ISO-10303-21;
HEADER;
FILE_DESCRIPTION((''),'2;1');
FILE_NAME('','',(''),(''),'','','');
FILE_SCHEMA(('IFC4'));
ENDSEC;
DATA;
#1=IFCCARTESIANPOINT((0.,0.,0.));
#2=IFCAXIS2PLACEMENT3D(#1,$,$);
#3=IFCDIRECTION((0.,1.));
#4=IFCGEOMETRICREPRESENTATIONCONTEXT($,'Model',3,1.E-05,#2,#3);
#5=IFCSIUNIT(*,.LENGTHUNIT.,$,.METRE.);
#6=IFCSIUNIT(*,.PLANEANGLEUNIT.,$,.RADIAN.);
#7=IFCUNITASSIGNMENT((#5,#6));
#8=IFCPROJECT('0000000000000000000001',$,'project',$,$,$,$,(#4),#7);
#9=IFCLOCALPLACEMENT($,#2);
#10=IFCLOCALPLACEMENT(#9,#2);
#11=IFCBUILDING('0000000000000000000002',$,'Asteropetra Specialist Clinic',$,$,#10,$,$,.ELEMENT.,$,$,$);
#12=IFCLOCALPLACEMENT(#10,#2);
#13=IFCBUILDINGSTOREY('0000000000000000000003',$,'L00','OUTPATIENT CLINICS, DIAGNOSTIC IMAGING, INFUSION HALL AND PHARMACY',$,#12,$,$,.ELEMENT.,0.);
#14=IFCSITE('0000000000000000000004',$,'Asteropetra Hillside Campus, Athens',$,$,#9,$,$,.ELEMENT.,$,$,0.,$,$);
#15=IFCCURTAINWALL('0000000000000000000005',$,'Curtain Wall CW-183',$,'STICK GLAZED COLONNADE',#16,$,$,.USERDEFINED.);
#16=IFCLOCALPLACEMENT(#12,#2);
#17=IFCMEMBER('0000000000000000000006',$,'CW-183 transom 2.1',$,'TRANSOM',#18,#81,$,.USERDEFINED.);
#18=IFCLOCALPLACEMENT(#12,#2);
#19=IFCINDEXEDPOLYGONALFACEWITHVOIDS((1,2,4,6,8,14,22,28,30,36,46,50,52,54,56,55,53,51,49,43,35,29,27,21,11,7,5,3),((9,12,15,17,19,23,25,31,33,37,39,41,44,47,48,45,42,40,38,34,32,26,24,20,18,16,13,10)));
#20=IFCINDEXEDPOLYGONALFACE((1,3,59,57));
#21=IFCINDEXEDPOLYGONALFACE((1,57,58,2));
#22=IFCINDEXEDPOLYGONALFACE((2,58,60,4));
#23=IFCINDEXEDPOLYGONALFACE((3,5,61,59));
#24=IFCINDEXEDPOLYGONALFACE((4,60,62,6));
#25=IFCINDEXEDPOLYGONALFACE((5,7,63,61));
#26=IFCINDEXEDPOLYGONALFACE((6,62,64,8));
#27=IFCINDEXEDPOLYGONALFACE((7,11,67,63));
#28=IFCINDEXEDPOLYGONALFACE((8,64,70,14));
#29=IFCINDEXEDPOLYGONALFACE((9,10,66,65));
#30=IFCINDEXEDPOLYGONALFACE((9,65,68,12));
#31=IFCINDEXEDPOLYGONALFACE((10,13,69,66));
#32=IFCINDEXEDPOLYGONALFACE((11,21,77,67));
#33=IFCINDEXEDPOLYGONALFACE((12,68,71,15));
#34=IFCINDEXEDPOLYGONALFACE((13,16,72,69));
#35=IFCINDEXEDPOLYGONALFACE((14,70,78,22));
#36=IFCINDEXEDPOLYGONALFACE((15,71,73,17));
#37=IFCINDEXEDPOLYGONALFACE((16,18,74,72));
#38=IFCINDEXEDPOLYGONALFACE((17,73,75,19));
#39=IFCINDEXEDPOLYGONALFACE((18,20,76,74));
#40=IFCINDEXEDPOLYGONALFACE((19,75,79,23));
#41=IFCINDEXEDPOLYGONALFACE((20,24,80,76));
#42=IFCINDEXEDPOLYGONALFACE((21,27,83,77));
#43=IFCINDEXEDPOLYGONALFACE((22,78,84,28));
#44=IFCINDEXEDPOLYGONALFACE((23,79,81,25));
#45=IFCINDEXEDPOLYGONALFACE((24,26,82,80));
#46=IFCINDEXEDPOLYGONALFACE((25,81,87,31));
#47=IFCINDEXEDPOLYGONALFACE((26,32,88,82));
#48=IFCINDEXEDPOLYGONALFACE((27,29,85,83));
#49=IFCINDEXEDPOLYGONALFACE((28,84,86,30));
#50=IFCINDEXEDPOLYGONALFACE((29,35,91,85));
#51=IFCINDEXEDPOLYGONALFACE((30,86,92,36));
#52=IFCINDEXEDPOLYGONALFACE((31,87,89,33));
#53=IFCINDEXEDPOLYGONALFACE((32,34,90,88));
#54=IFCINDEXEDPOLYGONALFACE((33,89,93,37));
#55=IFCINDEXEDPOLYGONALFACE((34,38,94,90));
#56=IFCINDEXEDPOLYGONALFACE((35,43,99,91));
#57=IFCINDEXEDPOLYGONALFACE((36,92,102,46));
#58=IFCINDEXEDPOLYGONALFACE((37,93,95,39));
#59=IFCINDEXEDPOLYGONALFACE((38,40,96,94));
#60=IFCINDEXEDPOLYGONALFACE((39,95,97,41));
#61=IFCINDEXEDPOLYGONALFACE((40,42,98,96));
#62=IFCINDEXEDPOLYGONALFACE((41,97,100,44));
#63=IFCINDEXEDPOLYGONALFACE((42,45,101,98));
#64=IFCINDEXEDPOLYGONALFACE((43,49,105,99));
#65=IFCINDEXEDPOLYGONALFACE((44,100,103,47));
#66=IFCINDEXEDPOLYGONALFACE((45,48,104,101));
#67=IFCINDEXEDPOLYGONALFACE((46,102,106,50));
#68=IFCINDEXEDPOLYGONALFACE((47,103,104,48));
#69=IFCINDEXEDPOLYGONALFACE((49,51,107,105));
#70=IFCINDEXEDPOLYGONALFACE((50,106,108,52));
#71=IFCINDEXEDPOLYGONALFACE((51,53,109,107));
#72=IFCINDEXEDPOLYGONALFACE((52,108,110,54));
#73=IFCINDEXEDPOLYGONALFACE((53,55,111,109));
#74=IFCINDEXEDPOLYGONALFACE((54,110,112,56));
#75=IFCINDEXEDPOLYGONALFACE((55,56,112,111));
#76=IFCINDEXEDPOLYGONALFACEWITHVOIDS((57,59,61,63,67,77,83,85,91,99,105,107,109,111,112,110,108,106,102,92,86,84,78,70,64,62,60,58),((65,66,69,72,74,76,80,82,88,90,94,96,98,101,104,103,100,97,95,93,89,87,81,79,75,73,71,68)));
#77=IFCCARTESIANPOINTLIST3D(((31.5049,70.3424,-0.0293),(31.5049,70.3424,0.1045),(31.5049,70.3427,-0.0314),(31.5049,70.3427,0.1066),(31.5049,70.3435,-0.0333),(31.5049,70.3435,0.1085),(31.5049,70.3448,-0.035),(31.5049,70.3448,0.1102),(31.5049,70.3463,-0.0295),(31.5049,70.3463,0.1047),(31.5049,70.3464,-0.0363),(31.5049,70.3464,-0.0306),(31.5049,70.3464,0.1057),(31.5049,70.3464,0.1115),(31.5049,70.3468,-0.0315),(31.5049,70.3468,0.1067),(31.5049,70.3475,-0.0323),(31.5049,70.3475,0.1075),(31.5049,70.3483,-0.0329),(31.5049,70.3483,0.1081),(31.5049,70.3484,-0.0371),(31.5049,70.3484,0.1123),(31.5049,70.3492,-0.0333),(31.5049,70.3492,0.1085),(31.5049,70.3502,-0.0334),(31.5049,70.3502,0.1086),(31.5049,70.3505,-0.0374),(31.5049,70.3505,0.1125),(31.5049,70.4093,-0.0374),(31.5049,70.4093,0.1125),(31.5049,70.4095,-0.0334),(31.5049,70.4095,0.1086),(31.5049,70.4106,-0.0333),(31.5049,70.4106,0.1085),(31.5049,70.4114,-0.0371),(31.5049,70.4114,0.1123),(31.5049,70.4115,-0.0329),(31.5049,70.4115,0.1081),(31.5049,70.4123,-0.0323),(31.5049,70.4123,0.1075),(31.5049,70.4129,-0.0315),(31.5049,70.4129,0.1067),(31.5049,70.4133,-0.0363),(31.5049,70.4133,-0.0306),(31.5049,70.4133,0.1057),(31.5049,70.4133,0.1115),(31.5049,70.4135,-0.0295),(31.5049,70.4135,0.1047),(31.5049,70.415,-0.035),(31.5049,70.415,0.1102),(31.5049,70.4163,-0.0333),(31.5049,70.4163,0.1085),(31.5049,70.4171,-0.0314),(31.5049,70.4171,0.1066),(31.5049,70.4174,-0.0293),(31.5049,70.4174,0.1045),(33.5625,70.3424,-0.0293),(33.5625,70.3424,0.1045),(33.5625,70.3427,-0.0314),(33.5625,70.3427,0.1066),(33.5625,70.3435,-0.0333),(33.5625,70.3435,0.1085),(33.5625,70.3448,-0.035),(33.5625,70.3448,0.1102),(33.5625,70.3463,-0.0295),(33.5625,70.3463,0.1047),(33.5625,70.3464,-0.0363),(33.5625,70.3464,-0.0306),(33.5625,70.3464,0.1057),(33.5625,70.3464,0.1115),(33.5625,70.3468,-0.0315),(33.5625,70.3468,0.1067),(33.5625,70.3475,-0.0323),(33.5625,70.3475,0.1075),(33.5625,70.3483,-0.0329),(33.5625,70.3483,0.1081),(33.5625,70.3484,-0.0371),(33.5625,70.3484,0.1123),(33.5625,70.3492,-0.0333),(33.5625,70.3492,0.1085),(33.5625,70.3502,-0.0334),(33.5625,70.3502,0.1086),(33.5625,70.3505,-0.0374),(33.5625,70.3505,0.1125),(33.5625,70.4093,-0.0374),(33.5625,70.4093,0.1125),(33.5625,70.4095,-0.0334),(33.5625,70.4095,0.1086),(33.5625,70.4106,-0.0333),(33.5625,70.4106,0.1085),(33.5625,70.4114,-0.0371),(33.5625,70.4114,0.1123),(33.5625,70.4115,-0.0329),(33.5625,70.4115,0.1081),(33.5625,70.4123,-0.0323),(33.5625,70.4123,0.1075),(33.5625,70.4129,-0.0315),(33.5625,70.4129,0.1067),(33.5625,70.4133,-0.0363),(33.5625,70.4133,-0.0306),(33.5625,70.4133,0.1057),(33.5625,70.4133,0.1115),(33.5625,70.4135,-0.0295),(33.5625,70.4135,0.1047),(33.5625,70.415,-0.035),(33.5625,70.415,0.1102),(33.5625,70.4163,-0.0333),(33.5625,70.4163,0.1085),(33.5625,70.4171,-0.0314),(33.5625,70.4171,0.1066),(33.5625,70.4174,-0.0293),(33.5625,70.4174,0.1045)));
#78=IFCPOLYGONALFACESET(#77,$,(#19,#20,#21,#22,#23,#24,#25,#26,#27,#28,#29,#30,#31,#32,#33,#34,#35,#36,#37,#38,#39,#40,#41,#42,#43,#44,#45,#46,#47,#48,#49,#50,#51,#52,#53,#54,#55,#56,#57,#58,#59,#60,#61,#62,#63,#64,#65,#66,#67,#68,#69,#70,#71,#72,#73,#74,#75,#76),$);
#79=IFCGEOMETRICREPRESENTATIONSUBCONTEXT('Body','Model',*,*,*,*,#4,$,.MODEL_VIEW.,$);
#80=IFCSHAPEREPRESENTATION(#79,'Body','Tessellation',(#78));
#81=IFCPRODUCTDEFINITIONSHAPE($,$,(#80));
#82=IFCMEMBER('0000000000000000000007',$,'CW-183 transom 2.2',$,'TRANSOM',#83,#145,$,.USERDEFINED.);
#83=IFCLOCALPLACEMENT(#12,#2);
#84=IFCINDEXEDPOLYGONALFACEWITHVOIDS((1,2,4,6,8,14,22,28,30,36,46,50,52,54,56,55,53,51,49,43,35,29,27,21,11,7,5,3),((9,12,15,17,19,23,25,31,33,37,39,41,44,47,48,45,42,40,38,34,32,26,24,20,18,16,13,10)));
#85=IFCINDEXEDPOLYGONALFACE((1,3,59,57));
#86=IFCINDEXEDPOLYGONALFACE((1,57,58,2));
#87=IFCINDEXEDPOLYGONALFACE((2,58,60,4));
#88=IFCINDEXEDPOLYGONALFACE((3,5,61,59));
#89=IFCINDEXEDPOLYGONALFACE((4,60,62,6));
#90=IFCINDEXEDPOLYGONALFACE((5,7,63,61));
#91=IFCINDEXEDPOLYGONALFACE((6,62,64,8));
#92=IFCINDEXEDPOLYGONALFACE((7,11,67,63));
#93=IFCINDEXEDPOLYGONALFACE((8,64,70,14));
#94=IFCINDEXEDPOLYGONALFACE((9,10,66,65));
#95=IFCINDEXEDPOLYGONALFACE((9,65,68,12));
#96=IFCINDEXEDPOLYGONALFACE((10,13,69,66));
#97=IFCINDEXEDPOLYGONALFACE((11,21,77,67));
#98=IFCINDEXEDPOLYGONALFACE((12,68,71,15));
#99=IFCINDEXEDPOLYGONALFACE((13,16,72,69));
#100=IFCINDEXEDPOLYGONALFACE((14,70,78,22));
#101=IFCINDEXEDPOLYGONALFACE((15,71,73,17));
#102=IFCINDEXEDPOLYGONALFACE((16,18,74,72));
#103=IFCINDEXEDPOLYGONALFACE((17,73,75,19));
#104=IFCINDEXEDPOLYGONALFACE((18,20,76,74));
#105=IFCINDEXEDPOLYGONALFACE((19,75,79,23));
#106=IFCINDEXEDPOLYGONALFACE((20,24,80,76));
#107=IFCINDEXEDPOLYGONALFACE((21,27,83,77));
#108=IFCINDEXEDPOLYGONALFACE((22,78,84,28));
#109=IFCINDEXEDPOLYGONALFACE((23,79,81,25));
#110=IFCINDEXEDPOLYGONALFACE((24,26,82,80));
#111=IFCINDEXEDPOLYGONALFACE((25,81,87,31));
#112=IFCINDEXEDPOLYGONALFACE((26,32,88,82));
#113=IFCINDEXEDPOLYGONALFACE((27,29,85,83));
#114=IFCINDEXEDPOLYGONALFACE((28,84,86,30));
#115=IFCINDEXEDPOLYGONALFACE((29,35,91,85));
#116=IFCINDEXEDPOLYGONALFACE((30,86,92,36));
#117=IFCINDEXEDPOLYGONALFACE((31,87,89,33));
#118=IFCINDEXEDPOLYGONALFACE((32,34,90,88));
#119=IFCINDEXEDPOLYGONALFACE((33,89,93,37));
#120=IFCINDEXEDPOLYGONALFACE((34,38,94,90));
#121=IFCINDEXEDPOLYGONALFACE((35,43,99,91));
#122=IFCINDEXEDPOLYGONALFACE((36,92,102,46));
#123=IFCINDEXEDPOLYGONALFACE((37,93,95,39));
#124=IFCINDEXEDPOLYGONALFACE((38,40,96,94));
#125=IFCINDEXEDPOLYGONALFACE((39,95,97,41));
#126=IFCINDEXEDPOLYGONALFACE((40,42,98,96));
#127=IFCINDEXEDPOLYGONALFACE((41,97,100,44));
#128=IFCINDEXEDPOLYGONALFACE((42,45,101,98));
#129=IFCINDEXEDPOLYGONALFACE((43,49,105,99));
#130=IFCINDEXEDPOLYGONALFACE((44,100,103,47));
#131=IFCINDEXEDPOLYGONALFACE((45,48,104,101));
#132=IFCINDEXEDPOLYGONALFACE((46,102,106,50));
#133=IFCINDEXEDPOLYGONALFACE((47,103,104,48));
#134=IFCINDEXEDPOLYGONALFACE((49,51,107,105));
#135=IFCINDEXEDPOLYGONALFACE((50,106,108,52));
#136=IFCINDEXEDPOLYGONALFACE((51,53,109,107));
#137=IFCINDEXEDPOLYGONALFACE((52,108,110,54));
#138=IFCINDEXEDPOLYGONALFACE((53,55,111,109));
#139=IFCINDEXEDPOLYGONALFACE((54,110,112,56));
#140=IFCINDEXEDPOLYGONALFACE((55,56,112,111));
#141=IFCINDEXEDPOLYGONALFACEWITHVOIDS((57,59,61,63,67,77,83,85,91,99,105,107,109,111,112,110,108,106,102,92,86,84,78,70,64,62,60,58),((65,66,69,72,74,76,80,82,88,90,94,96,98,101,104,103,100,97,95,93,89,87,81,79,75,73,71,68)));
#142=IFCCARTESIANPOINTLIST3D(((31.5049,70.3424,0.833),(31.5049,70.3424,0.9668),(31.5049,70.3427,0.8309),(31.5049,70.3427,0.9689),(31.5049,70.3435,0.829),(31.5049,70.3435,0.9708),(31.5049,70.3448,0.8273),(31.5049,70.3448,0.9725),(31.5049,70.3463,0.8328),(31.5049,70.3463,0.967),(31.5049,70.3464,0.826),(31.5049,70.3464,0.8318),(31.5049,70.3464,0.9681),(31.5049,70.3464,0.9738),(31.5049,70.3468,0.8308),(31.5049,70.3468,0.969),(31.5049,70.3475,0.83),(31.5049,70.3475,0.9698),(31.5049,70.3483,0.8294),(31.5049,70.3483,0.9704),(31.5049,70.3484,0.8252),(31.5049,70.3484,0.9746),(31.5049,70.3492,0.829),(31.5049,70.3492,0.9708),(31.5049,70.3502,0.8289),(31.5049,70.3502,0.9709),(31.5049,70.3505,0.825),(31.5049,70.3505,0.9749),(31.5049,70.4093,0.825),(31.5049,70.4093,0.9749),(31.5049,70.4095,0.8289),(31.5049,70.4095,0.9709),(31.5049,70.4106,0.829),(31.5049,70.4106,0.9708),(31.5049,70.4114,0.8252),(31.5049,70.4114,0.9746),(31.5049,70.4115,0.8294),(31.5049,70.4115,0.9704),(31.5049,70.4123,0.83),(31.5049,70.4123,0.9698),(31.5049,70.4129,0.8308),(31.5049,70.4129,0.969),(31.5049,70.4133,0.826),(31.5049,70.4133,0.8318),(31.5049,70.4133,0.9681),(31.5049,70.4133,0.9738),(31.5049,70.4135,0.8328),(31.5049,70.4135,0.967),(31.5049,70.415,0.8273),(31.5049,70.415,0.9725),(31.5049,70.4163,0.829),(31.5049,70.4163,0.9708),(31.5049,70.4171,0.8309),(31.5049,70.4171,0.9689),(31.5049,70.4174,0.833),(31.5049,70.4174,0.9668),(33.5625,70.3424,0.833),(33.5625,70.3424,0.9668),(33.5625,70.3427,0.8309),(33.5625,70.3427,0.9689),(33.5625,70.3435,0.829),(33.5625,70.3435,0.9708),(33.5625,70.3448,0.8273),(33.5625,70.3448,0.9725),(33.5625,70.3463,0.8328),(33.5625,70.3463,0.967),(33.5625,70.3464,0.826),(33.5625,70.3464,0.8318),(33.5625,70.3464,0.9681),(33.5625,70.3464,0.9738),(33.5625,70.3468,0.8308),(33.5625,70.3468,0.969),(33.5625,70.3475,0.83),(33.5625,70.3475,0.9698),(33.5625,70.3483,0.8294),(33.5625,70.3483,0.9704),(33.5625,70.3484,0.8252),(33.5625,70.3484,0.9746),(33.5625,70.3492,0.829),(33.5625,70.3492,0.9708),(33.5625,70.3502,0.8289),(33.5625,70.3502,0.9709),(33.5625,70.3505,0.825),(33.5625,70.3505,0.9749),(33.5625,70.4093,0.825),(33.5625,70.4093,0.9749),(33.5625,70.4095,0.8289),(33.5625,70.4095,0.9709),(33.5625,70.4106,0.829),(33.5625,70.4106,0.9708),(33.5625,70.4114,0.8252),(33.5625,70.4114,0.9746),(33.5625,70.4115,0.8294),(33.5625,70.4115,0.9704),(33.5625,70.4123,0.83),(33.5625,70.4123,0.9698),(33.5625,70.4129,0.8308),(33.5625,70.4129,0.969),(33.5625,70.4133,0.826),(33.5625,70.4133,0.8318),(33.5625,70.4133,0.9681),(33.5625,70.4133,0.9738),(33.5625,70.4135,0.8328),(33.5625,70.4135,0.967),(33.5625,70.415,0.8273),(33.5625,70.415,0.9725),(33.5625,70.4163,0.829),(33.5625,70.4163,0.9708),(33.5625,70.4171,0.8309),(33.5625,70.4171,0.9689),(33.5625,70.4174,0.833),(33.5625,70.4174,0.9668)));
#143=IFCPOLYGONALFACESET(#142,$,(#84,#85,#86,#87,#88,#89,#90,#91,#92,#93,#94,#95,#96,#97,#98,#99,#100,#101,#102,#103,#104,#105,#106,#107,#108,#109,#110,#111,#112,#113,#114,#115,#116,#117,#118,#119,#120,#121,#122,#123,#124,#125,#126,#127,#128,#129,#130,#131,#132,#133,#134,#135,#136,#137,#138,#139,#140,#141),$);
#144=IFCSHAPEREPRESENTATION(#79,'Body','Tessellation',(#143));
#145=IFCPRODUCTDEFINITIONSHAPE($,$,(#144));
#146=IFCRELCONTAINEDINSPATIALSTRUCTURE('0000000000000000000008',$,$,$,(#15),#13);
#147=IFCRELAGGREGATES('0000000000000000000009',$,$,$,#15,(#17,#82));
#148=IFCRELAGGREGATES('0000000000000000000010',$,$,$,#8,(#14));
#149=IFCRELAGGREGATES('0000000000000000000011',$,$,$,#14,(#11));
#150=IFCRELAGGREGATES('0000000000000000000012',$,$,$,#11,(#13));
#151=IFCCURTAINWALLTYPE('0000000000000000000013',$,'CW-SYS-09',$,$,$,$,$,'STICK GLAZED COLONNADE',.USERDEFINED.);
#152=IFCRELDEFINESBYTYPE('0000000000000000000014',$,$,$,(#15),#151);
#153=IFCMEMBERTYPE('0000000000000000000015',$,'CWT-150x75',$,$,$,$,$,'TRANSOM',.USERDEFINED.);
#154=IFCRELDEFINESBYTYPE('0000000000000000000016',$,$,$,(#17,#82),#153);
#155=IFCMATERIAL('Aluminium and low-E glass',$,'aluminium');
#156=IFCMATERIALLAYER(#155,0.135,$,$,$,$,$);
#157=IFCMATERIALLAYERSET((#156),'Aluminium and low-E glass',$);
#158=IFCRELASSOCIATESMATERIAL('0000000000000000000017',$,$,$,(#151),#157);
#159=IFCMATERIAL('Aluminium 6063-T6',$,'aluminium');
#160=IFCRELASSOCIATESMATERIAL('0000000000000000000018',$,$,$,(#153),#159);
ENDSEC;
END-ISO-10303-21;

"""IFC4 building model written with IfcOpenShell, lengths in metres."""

from ifc_helpers import new_model, si_unit, direction, frame, origin, origin_2d, place, context, subcontext, project, spatial, hollow_rectangle, extrude, material, layer, layer_set, material_profile, profile_set, type_object, element, aggregate, save


model = new_model("IFC4")

# Units and contexts
model_context = context("Model", 3, precision=1e-05, world=origin(), true_north=direction((0.0, 1.0)))
body_context = subcontext(model_context, "Body", "Model", "MODEL_VIEW")
ifc_project = project(units=[si_unit("LENGTHUNIT", "METRE"), si_unit("PLANEANGLEUNIT", "RADIAN")], contexts=[model_context])

# Site, building, storey
site_placement = place(None, origin())
site = spatial("IfcSite", under=ifc_project, at=site_placement, Name="Asteropetra Hillside Campus, Athens", CompositionType="ELEMENT", RefElevation=0.0)
building_placement = place(site_placement, origin())
building = spatial("IfcBuilding", under=site, at=building_placement, Name="Asteropetra Specialist Clinic", CompositionType="ELEMENT")
storey_placement = place(building_placement, origin())
storey = spatial("IfcBuildingStorey", under=building, at=storey_placement, Name="L00", Description="OUTPATIENT CLINICS, DIAGNOSTIC IMAGING, INFUSION HALL AND PHARMACY", CompositionType="ELEMENT", Elevation=0.0)

# Curtain wall, members
ifc_material_1 = material(Name="Aluminium and low-E glass", Category="aluminium")
ifc_layer_1 = layer(ifc_material_1, 0.135)
ifc_layer_set_1 = layer_set([ifc_layer_1], Name="Aluminium and low-E glass")
curtain_wall_type = type_object("IfcCurtainWallType", Name="CW-SYS-09", ElementType="STICK GLAZED COLONNADE", PredefinedType="USERDEFINED", material=ifc_layer_set_1)
curtain_wall_placement = place(storey_placement, origin())
curtain_wall = element("IfcCurtainWall", 1, at=curtain_wall_placement, inside=storey, type_object=curtain_wall_type, Name="Curtain Wall CW-183", ObjectType="STICK GLAZED COLONNADE", PredefinedType="USERDEFINED")
ifc_material_2 = material(Name="Aluminium 6063-T6", Category="aluminium")
ifc_material_profile_1 = material_profile(ifc_material_2, hollow_rectangle(XDim=0.075, YDim=0.1499, WallThickness=0.0039, InnerFilletRadius=0.0039, OuterFilletRadius=0.0081, at=origin_2d()), Name="TRN 150x75x4.0")
ifc_profile_set_1 = profile_set([ifc_material_profile_1], Name="Aluminium 6063-T6")
member_type_1 = type_object("IfcMemberType", Name="CWT-150x75", ElementType="TRANSOM", PredefinedType="USERDEFINED", material=ifc_profile_set_1)
member_1_placement = place(storey_placement, frame((31.5049, 70.3799, 0.0376), z_axis=(1.0, 0.0, 0.0), x_axis=(0.0, 1.0, 0.0)))
member_1 = element("IfcMember", 2, at=member_1_placement, type_object=member_type_1, Name="CW-183 transom 2.1", ObjectType="TRANSOM", PredefinedType="USERDEFINED", context=body_context, shape_type="SweptSolid", body=[
    extrude(hollow_rectangle(XDim=0.075, YDim=0.1499, WallThickness=0.0039, InnerFilletRadius=0.0039, OuterFilletRadius=0.0081, at=origin_2d()), origin(), (0.0, 0.0, 1.0), 2.0576),
])
member_2_placement = place(storey_placement, frame((31.5049, 70.3799, 0.8999), z_axis=(1.0, 0.0, 0.0), x_axis=(0.0, 1.0, 0.0)))
member_2 = element("IfcMember", 3, at=member_2_placement, type_object=member_type_1, Name="CW-183 transom 2.2", ObjectType="TRANSOM", PredefinedType="USERDEFINED", context=body_context, shape_type="SweptSolid", body=[
    extrude(hollow_rectangle(XDim=0.075, YDim=0.1499, WallThickness=0.0039, InnerFilletRadius=0.0039, OuterFilletRadius=0.0081, at=origin_2d()), origin(), (0.0, 0.0, 1.0), 2.0576),
])
aggregate(curtain_wall, [member_1, member_2])

save(model, "model.ifc")
